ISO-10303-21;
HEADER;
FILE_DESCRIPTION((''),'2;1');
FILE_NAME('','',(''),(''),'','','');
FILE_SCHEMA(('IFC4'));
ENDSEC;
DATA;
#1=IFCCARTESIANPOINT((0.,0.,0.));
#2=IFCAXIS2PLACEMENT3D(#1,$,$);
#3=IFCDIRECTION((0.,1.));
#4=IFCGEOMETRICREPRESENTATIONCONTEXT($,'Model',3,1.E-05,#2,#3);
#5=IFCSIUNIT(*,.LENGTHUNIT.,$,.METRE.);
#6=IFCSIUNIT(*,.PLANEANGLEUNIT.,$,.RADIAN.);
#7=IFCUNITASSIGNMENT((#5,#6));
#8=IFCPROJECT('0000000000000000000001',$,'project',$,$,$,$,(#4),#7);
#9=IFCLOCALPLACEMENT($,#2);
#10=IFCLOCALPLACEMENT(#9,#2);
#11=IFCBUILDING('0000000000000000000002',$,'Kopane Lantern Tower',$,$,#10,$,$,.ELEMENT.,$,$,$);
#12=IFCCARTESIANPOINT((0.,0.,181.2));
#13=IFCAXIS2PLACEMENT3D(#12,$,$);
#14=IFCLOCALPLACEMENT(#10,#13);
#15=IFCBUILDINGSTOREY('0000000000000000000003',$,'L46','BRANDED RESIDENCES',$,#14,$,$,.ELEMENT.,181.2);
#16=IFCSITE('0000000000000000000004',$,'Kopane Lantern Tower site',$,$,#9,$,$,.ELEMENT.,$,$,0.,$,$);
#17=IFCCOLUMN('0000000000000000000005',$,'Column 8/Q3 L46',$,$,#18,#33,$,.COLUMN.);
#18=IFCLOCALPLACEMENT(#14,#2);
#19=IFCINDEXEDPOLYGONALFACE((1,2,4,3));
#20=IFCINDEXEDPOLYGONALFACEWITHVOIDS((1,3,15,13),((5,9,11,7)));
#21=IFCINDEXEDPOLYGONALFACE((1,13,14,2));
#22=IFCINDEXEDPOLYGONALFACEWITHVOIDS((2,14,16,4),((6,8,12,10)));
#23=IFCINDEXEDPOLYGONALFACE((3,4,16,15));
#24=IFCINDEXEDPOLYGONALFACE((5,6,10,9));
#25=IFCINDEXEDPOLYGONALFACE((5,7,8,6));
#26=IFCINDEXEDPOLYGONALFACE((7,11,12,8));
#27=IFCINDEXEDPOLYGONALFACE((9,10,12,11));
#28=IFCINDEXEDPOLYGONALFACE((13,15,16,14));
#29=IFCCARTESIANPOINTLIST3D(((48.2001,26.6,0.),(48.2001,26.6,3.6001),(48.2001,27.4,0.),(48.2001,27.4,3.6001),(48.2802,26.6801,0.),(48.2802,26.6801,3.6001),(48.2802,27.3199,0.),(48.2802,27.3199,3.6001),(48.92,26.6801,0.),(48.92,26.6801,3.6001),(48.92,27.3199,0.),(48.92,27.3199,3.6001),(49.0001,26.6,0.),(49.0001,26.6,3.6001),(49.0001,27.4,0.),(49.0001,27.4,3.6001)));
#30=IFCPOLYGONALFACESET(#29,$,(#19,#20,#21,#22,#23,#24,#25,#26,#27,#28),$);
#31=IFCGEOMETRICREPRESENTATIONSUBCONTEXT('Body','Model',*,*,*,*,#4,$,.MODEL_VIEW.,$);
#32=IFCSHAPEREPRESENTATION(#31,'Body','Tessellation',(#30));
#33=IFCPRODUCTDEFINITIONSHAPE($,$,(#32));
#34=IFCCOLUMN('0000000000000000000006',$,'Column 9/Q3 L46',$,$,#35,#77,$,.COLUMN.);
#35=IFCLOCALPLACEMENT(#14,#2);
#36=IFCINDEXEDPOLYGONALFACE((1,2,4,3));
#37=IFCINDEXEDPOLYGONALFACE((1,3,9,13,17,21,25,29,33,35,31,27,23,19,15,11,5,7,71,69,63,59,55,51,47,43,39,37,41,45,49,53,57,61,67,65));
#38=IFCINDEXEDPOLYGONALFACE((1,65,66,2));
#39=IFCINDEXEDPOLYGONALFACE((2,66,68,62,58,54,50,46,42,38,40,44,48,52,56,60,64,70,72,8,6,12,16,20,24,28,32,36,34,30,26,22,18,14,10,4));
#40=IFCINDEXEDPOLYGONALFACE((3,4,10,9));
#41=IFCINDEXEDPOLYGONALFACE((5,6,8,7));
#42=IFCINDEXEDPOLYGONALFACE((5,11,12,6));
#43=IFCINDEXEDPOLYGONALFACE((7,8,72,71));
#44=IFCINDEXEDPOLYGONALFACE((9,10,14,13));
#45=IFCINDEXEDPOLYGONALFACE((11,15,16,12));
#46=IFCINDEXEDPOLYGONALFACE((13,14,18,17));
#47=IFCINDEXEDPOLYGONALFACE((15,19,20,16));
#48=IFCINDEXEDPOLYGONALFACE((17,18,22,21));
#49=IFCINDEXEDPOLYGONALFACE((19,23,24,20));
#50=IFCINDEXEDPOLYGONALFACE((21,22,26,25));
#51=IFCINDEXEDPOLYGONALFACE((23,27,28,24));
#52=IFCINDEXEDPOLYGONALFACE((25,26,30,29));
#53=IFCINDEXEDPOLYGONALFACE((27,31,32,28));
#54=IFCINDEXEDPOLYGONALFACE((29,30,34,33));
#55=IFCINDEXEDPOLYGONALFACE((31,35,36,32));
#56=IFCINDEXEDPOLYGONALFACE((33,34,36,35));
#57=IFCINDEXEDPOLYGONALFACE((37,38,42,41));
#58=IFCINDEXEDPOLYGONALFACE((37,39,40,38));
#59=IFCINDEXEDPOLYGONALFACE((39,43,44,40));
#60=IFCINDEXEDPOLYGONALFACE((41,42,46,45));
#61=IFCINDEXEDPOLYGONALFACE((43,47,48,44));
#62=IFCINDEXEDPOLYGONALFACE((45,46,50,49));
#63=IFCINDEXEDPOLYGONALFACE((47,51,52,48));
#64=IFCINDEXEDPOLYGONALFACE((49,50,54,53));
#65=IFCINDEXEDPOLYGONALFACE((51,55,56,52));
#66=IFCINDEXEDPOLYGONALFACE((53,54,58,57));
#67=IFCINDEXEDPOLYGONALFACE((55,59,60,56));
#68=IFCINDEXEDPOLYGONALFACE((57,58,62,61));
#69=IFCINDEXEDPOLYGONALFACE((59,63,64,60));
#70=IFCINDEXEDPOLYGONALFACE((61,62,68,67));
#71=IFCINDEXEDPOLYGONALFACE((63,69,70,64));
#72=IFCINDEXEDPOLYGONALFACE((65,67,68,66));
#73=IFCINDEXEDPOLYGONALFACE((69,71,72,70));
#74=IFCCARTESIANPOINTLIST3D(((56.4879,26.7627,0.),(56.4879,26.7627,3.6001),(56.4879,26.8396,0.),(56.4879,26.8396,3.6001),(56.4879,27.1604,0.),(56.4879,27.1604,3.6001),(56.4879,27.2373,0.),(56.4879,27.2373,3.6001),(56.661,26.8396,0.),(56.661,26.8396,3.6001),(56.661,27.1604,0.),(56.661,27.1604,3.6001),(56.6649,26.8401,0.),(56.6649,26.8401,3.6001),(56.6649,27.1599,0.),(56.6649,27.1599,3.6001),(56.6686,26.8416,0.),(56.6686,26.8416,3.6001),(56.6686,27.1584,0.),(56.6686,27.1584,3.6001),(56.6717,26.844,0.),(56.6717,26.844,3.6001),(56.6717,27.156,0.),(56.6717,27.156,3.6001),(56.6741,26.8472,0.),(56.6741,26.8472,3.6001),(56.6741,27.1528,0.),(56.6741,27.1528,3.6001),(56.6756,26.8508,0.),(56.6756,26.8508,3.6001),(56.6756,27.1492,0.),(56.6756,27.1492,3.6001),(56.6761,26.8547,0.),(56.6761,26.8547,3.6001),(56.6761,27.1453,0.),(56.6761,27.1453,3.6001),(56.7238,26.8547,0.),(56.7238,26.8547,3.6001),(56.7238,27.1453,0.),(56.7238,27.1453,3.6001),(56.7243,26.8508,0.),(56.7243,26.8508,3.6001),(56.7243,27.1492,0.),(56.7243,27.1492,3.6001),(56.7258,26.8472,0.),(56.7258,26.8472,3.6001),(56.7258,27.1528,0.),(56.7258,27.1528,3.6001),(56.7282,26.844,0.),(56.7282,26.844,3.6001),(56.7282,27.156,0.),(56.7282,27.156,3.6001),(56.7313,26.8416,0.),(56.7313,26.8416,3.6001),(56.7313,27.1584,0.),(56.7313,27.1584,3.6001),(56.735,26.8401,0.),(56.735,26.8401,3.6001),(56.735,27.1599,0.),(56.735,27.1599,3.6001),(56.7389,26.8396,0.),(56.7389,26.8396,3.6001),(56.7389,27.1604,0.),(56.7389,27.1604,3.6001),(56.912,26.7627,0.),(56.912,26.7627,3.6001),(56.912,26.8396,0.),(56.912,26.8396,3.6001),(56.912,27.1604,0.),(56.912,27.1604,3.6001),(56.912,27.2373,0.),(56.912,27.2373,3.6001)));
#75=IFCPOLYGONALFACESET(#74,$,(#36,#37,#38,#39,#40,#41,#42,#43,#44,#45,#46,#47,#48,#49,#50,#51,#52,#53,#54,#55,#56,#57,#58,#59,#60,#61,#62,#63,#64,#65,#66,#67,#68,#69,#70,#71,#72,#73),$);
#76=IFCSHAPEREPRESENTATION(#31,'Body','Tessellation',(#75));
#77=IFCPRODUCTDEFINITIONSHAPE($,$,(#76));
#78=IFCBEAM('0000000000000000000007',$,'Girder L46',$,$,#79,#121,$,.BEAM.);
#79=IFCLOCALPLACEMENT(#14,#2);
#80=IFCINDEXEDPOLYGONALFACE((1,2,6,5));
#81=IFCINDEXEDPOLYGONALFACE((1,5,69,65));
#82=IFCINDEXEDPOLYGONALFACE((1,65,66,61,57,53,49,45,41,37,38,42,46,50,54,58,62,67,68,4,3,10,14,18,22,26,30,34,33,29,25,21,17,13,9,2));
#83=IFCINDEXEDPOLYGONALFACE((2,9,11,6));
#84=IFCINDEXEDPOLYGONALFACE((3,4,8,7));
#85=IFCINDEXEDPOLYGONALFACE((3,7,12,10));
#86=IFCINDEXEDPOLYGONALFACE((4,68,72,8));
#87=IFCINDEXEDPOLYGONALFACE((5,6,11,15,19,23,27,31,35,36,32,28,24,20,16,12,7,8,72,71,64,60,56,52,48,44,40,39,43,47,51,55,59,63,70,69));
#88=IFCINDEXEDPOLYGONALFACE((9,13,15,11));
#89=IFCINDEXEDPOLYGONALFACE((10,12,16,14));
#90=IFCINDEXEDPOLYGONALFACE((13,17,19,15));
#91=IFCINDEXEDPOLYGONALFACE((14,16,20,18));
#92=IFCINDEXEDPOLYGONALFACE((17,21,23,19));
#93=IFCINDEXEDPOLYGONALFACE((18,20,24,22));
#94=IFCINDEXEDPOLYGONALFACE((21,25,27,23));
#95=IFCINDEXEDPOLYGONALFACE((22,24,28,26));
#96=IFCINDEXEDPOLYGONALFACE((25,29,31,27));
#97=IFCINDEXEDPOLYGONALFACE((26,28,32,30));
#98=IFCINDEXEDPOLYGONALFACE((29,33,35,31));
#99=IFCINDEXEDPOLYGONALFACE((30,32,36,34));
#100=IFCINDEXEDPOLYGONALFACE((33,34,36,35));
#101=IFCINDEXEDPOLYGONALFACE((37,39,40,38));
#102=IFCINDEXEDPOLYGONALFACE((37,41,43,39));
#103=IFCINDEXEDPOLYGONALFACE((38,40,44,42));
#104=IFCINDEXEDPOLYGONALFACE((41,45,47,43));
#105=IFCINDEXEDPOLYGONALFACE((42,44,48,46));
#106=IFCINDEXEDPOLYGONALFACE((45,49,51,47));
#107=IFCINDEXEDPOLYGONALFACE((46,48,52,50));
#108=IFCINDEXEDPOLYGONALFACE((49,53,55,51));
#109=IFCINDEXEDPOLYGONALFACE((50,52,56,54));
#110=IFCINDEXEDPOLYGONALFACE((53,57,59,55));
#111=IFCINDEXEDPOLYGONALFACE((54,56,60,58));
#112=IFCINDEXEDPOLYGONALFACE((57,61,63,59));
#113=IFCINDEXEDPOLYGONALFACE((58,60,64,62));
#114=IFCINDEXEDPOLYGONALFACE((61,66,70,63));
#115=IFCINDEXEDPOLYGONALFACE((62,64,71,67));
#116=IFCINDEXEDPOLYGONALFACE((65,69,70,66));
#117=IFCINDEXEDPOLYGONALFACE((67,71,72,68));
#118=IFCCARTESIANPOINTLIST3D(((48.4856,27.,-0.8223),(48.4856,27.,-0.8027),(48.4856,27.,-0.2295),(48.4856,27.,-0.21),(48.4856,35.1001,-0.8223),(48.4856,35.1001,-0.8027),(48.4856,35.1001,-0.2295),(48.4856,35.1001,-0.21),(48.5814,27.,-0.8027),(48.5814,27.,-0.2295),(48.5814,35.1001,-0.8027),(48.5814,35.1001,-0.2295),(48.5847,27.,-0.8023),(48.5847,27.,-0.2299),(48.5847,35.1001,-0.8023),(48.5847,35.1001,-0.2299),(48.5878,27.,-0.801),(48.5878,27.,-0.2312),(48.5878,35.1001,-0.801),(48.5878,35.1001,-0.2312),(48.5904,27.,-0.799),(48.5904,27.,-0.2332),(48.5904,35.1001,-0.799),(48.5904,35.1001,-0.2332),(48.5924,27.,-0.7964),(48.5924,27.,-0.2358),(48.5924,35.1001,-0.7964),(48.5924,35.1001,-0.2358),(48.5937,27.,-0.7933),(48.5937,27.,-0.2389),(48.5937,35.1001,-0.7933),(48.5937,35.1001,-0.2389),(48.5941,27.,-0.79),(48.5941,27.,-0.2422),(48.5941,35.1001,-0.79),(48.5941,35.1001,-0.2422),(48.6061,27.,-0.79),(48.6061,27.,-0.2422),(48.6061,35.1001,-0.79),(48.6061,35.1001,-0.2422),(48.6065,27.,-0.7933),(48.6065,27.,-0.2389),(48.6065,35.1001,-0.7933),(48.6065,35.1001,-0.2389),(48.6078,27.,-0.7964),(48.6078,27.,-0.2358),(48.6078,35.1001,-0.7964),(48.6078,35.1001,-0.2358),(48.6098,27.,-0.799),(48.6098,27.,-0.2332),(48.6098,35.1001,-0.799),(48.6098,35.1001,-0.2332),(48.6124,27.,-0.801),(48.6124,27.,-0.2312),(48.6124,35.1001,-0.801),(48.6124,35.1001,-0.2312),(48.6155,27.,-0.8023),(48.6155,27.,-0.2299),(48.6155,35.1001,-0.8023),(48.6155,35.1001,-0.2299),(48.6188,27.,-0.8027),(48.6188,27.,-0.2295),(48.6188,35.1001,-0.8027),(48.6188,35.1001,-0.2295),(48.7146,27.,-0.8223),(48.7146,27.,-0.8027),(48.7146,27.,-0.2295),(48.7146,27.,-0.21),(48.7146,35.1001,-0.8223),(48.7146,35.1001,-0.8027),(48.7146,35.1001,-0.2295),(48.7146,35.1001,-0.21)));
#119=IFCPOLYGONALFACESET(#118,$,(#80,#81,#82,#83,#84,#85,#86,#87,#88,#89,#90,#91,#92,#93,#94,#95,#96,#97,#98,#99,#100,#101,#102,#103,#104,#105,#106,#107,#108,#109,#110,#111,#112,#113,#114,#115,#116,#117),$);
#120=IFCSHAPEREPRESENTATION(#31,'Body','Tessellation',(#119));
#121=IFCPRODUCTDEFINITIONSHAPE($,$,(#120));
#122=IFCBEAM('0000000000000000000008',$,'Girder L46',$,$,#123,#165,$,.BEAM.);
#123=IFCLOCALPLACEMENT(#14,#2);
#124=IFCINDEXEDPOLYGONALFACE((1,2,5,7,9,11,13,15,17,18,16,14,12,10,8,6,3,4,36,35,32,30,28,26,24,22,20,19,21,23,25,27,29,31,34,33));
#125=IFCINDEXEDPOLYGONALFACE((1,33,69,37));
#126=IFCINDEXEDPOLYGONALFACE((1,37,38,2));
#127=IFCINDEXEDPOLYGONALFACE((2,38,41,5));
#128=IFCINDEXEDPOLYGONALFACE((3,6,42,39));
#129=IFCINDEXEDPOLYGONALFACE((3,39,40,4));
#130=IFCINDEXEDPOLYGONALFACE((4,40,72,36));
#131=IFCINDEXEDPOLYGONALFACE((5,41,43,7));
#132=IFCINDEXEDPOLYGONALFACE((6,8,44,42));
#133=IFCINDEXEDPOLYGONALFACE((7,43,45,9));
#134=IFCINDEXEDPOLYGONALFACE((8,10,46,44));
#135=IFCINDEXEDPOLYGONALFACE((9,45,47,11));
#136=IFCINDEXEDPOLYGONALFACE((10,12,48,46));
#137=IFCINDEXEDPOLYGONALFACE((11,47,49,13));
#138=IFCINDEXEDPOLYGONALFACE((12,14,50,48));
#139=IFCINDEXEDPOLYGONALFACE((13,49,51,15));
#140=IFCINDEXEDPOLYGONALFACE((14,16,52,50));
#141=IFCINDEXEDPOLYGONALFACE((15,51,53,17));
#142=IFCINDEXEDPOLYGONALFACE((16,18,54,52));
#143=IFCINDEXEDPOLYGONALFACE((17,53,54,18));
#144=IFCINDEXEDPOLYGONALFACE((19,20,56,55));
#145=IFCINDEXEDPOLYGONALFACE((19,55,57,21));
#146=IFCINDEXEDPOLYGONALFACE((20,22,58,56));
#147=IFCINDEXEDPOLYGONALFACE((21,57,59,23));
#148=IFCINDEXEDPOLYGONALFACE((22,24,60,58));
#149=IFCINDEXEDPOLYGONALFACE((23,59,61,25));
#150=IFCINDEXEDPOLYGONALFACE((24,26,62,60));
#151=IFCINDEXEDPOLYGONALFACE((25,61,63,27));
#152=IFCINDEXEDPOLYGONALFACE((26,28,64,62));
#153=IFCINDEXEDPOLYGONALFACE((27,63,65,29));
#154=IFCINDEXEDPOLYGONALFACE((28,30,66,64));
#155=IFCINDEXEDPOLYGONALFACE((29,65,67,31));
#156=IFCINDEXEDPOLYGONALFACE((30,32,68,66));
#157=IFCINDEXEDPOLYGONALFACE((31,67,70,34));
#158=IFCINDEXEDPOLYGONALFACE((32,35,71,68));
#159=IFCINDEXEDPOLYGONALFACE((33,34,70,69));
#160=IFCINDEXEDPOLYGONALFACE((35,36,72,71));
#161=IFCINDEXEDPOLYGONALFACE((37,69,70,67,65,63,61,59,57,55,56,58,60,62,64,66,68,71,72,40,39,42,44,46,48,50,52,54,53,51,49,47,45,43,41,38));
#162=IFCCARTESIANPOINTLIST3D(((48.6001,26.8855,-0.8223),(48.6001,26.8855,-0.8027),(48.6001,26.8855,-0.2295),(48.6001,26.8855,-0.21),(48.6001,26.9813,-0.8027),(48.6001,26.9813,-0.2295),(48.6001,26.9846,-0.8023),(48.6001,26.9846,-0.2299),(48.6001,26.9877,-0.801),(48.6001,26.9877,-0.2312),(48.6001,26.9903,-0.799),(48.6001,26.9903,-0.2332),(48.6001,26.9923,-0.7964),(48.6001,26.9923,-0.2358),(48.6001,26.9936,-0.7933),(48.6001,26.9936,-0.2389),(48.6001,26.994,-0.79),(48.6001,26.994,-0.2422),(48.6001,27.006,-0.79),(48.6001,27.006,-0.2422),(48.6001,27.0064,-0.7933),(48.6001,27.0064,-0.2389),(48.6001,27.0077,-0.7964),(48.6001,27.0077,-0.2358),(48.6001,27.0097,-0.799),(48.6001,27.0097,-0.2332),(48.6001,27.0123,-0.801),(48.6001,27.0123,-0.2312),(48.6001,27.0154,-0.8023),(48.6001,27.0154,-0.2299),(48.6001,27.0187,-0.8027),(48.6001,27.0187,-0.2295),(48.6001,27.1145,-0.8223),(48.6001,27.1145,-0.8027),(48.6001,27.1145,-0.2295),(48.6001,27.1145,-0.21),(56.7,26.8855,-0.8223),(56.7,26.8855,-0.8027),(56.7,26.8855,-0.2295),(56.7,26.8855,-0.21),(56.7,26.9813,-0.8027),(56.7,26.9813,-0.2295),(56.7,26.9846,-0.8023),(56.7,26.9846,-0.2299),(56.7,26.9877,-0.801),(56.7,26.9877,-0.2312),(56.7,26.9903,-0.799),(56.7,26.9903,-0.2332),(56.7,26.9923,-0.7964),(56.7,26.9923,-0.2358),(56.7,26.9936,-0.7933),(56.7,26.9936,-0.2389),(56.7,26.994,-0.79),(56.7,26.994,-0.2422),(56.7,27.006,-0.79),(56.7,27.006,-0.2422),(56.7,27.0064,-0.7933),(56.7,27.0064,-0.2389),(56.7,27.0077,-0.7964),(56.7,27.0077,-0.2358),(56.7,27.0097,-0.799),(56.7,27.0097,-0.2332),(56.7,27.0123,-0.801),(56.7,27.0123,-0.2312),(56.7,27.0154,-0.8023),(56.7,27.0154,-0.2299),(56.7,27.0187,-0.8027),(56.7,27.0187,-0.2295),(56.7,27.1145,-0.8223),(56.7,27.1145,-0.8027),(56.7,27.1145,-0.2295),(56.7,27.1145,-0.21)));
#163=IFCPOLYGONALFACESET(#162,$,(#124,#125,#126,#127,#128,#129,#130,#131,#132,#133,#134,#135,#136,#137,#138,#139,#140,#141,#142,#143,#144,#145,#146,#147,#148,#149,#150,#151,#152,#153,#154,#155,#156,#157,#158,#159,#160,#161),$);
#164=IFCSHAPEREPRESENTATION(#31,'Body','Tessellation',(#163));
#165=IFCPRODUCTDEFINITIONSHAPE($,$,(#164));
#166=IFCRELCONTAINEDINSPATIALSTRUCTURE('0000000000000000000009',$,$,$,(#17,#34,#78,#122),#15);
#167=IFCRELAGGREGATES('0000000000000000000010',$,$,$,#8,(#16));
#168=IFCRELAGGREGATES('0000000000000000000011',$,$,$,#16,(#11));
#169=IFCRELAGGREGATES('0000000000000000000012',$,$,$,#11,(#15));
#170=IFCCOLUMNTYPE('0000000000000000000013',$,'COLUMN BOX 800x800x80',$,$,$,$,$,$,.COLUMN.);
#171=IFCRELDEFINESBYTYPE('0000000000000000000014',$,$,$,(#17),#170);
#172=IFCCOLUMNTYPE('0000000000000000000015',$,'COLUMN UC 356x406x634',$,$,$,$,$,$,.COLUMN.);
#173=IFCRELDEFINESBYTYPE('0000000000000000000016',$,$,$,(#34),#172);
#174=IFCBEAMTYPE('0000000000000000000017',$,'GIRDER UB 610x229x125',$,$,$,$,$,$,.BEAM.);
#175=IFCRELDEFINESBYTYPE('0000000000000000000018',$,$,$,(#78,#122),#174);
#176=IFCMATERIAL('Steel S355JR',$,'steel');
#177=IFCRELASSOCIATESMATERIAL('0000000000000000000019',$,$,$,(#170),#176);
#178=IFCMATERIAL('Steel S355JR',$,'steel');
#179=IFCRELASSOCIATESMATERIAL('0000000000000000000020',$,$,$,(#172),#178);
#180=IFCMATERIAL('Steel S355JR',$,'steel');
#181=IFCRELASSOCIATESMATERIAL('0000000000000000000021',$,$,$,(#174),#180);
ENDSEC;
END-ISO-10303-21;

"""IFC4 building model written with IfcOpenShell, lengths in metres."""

from ifc_helpers import new_model, si_unit, direction, frame, origin, origin_2d, place, context, subcontext, project, spatial, hollow_rectangle, i_section, extrude, material, material_profile, profile_set, type_object, element, save


model = new_model("IFC4")

# Units and contexts
model_context = context("Model", 3, precision=1e-05, world=origin(), true_north=direction((0.0, 1.0)))
body_context = subcontext(model_context, "Body", "Model", "MODEL_VIEW")
ifc_project = project(units=[si_unit("LENGTHUNIT", "METRE"), si_unit("PLANEANGLEUNIT", "RADIAN")], contexts=[model_context])

# Site, building, storey
site_placement = place(None, origin())
site = spatial("IfcSite", under=ifc_project, at=site_placement, Name="Kopane Lantern Tower site", CompositionType="ELEMENT", RefElevation=0.0)
building_placement = place(site_placement, origin())
building = spatial("IfcBuilding", under=site, at=building_placement, Name="Kopane Lantern Tower", CompositionType="ELEMENT")
storey_placement = place(building_placement, frame((0.0, 0.0, 181.2)))
storey = spatial("IfcBuildingStorey", under=building, at=storey_placement, Name="L46", Description="BRANDED RESIDENCES", CompositionType="ELEMENT", Elevation=181.2)

# Columns
ifc_material_1 = material(Name="Steel S355JR", Category="steel")
ifc_material_profile_1 = material_profile(ifc_material_1, hollow_rectangle(XDim=0.8, YDim=0.8, WallThickness=0.0801, at=origin_2d()), Name="BOX 800x800x80")
ifc_profile_set_1 = profile_set([ifc_material_profile_1], Name="Steel S355JR")
column_type_1 = type_object("IfcColumnType", Name="COLUMN BOX 800x800x80", PredefinedType="COLUMN", material=ifc_profile_set_1)
column_1_placement = place(storey_placement, frame((48.6001, 27.0, 0.0), z_axis=(0.0, 0.0, 1.0), x_axis=(1.0, 0.0, 0.0)))
element("IfcColumn", 1, at=column_1_placement, inside=storey, type_object=column_type_1, Name="Column 8/Q3 L46", PredefinedType="COLUMN", context=body_context, shape_type="SweptSolid", body=[
    extrude(hollow_rectangle(XDim=0.8, YDim=0.8, WallThickness=0.0801, at=origin_2d()), origin(), (0.0, 0.0, 1.0), 3.6001),
])
ifc_material_2 = material(Name="Steel S355JR", Category="steel")
ifc_material_profile_2 = material_profile(ifc_material_2, i_section(OverallWidth=0.4241, OverallDepth=0.4746, WebThickness=0.0476, FlangeThickness=0.0769, FilletRadius=0.0151, at=origin_2d()), Name="UC 356x406x634")
ifc_profile_set_2 = profile_set([ifc_material_profile_2], Name="Steel S355JR")
column_type_2 = type_object("IfcColumnType", Name="COLUMN UC 356x406x634", PredefinedType="COLUMN", material=ifc_profile_set_2)
column_2_placement = place(storey_placement, frame((56.7, 27.0, 0.0), z_axis=(0.0, 0.0, 1.0), x_axis=(1.0, 0.0, 0.0)))
element("IfcColumn", 2, at=column_2_placement, inside=storey, type_object=column_type_2, Name="Column 9/Q3 L46", PredefinedType="COLUMN", context=body_context, shape_type="SweptSolid", body=[
    extrude(i_section(OverallWidth=0.4241, OverallDepth=0.4746, WebThickness=0.0476, FlangeThickness=0.0769, FilletRadius=0.0151, at=origin_2d()), origin(), (0.0, 0.0, 1.0), 3.6001),
])

# Beams
ifc_material_3 = material(Name="Steel S355JR", Category="steel")
ifc_material_profile_3 = material_profile(ifc_material_3, i_section(OverallWidth=0.229, OverallDepth=0.6123, WebThickness=0.012, FlangeThickness=0.0195, FilletRadius=0.0127, at=origin_2d()), Name="UB 610x229x125")
ifc_profile_set_3 = profile_set([ifc_material_profile_3], Name="Steel S355JR")
beam_type = type_object("IfcBeamType", Name="GIRDER UB 610x229x125", PredefinedType="BEAM", material=ifc_profile_set_3)
beam_1_placement = place(storey_placement, frame((48.6001, 27.0, -0.5161), z_axis=(0.0, 1.0, 0.0), x_axis=(-1.0, 0.0, 0.0)))
element("IfcBeam", 3, at=beam_1_placement, inside=storey, type_object=beam_type, Name="Girder L46", PredefinedType="BEAM", context=body_context, shape_type="SweptSolid", body=[
    extrude(i_section(OverallWidth=0.229, OverallDepth=0.6123, WebThickness=0.012, FlangeThickness=0.0195, FilletRadius=0.0127, at=origin_2d()), origin(), (0.0, 0.0, 1.0), 8.1001),
])
beam_2_placement = place(storey_placement, frame((48.6001, 27.0, -0.5161), z_axis=(1.0, 0.0, 0.0), x_axis=(0.0, 1.0, 0.0)))
element("IfcBeam", 4, at=beam_2_placement, inside=storey, type_object=beam_type, Name="Girder L46", PredefinedType="BEAM", context=body_context, shape_type="SweptSolid", body=[
    extrude(i_section(OverallWidth=0.229, OverallDepth=0.6123, WebThickness=0.012, FlangeThickness=0.0195, FilletRadius=0.0127, at=origin_2d()), origin(), (0.0, 0.0, 1.0), 8.0999),
])

save(model, "model.ifc")
